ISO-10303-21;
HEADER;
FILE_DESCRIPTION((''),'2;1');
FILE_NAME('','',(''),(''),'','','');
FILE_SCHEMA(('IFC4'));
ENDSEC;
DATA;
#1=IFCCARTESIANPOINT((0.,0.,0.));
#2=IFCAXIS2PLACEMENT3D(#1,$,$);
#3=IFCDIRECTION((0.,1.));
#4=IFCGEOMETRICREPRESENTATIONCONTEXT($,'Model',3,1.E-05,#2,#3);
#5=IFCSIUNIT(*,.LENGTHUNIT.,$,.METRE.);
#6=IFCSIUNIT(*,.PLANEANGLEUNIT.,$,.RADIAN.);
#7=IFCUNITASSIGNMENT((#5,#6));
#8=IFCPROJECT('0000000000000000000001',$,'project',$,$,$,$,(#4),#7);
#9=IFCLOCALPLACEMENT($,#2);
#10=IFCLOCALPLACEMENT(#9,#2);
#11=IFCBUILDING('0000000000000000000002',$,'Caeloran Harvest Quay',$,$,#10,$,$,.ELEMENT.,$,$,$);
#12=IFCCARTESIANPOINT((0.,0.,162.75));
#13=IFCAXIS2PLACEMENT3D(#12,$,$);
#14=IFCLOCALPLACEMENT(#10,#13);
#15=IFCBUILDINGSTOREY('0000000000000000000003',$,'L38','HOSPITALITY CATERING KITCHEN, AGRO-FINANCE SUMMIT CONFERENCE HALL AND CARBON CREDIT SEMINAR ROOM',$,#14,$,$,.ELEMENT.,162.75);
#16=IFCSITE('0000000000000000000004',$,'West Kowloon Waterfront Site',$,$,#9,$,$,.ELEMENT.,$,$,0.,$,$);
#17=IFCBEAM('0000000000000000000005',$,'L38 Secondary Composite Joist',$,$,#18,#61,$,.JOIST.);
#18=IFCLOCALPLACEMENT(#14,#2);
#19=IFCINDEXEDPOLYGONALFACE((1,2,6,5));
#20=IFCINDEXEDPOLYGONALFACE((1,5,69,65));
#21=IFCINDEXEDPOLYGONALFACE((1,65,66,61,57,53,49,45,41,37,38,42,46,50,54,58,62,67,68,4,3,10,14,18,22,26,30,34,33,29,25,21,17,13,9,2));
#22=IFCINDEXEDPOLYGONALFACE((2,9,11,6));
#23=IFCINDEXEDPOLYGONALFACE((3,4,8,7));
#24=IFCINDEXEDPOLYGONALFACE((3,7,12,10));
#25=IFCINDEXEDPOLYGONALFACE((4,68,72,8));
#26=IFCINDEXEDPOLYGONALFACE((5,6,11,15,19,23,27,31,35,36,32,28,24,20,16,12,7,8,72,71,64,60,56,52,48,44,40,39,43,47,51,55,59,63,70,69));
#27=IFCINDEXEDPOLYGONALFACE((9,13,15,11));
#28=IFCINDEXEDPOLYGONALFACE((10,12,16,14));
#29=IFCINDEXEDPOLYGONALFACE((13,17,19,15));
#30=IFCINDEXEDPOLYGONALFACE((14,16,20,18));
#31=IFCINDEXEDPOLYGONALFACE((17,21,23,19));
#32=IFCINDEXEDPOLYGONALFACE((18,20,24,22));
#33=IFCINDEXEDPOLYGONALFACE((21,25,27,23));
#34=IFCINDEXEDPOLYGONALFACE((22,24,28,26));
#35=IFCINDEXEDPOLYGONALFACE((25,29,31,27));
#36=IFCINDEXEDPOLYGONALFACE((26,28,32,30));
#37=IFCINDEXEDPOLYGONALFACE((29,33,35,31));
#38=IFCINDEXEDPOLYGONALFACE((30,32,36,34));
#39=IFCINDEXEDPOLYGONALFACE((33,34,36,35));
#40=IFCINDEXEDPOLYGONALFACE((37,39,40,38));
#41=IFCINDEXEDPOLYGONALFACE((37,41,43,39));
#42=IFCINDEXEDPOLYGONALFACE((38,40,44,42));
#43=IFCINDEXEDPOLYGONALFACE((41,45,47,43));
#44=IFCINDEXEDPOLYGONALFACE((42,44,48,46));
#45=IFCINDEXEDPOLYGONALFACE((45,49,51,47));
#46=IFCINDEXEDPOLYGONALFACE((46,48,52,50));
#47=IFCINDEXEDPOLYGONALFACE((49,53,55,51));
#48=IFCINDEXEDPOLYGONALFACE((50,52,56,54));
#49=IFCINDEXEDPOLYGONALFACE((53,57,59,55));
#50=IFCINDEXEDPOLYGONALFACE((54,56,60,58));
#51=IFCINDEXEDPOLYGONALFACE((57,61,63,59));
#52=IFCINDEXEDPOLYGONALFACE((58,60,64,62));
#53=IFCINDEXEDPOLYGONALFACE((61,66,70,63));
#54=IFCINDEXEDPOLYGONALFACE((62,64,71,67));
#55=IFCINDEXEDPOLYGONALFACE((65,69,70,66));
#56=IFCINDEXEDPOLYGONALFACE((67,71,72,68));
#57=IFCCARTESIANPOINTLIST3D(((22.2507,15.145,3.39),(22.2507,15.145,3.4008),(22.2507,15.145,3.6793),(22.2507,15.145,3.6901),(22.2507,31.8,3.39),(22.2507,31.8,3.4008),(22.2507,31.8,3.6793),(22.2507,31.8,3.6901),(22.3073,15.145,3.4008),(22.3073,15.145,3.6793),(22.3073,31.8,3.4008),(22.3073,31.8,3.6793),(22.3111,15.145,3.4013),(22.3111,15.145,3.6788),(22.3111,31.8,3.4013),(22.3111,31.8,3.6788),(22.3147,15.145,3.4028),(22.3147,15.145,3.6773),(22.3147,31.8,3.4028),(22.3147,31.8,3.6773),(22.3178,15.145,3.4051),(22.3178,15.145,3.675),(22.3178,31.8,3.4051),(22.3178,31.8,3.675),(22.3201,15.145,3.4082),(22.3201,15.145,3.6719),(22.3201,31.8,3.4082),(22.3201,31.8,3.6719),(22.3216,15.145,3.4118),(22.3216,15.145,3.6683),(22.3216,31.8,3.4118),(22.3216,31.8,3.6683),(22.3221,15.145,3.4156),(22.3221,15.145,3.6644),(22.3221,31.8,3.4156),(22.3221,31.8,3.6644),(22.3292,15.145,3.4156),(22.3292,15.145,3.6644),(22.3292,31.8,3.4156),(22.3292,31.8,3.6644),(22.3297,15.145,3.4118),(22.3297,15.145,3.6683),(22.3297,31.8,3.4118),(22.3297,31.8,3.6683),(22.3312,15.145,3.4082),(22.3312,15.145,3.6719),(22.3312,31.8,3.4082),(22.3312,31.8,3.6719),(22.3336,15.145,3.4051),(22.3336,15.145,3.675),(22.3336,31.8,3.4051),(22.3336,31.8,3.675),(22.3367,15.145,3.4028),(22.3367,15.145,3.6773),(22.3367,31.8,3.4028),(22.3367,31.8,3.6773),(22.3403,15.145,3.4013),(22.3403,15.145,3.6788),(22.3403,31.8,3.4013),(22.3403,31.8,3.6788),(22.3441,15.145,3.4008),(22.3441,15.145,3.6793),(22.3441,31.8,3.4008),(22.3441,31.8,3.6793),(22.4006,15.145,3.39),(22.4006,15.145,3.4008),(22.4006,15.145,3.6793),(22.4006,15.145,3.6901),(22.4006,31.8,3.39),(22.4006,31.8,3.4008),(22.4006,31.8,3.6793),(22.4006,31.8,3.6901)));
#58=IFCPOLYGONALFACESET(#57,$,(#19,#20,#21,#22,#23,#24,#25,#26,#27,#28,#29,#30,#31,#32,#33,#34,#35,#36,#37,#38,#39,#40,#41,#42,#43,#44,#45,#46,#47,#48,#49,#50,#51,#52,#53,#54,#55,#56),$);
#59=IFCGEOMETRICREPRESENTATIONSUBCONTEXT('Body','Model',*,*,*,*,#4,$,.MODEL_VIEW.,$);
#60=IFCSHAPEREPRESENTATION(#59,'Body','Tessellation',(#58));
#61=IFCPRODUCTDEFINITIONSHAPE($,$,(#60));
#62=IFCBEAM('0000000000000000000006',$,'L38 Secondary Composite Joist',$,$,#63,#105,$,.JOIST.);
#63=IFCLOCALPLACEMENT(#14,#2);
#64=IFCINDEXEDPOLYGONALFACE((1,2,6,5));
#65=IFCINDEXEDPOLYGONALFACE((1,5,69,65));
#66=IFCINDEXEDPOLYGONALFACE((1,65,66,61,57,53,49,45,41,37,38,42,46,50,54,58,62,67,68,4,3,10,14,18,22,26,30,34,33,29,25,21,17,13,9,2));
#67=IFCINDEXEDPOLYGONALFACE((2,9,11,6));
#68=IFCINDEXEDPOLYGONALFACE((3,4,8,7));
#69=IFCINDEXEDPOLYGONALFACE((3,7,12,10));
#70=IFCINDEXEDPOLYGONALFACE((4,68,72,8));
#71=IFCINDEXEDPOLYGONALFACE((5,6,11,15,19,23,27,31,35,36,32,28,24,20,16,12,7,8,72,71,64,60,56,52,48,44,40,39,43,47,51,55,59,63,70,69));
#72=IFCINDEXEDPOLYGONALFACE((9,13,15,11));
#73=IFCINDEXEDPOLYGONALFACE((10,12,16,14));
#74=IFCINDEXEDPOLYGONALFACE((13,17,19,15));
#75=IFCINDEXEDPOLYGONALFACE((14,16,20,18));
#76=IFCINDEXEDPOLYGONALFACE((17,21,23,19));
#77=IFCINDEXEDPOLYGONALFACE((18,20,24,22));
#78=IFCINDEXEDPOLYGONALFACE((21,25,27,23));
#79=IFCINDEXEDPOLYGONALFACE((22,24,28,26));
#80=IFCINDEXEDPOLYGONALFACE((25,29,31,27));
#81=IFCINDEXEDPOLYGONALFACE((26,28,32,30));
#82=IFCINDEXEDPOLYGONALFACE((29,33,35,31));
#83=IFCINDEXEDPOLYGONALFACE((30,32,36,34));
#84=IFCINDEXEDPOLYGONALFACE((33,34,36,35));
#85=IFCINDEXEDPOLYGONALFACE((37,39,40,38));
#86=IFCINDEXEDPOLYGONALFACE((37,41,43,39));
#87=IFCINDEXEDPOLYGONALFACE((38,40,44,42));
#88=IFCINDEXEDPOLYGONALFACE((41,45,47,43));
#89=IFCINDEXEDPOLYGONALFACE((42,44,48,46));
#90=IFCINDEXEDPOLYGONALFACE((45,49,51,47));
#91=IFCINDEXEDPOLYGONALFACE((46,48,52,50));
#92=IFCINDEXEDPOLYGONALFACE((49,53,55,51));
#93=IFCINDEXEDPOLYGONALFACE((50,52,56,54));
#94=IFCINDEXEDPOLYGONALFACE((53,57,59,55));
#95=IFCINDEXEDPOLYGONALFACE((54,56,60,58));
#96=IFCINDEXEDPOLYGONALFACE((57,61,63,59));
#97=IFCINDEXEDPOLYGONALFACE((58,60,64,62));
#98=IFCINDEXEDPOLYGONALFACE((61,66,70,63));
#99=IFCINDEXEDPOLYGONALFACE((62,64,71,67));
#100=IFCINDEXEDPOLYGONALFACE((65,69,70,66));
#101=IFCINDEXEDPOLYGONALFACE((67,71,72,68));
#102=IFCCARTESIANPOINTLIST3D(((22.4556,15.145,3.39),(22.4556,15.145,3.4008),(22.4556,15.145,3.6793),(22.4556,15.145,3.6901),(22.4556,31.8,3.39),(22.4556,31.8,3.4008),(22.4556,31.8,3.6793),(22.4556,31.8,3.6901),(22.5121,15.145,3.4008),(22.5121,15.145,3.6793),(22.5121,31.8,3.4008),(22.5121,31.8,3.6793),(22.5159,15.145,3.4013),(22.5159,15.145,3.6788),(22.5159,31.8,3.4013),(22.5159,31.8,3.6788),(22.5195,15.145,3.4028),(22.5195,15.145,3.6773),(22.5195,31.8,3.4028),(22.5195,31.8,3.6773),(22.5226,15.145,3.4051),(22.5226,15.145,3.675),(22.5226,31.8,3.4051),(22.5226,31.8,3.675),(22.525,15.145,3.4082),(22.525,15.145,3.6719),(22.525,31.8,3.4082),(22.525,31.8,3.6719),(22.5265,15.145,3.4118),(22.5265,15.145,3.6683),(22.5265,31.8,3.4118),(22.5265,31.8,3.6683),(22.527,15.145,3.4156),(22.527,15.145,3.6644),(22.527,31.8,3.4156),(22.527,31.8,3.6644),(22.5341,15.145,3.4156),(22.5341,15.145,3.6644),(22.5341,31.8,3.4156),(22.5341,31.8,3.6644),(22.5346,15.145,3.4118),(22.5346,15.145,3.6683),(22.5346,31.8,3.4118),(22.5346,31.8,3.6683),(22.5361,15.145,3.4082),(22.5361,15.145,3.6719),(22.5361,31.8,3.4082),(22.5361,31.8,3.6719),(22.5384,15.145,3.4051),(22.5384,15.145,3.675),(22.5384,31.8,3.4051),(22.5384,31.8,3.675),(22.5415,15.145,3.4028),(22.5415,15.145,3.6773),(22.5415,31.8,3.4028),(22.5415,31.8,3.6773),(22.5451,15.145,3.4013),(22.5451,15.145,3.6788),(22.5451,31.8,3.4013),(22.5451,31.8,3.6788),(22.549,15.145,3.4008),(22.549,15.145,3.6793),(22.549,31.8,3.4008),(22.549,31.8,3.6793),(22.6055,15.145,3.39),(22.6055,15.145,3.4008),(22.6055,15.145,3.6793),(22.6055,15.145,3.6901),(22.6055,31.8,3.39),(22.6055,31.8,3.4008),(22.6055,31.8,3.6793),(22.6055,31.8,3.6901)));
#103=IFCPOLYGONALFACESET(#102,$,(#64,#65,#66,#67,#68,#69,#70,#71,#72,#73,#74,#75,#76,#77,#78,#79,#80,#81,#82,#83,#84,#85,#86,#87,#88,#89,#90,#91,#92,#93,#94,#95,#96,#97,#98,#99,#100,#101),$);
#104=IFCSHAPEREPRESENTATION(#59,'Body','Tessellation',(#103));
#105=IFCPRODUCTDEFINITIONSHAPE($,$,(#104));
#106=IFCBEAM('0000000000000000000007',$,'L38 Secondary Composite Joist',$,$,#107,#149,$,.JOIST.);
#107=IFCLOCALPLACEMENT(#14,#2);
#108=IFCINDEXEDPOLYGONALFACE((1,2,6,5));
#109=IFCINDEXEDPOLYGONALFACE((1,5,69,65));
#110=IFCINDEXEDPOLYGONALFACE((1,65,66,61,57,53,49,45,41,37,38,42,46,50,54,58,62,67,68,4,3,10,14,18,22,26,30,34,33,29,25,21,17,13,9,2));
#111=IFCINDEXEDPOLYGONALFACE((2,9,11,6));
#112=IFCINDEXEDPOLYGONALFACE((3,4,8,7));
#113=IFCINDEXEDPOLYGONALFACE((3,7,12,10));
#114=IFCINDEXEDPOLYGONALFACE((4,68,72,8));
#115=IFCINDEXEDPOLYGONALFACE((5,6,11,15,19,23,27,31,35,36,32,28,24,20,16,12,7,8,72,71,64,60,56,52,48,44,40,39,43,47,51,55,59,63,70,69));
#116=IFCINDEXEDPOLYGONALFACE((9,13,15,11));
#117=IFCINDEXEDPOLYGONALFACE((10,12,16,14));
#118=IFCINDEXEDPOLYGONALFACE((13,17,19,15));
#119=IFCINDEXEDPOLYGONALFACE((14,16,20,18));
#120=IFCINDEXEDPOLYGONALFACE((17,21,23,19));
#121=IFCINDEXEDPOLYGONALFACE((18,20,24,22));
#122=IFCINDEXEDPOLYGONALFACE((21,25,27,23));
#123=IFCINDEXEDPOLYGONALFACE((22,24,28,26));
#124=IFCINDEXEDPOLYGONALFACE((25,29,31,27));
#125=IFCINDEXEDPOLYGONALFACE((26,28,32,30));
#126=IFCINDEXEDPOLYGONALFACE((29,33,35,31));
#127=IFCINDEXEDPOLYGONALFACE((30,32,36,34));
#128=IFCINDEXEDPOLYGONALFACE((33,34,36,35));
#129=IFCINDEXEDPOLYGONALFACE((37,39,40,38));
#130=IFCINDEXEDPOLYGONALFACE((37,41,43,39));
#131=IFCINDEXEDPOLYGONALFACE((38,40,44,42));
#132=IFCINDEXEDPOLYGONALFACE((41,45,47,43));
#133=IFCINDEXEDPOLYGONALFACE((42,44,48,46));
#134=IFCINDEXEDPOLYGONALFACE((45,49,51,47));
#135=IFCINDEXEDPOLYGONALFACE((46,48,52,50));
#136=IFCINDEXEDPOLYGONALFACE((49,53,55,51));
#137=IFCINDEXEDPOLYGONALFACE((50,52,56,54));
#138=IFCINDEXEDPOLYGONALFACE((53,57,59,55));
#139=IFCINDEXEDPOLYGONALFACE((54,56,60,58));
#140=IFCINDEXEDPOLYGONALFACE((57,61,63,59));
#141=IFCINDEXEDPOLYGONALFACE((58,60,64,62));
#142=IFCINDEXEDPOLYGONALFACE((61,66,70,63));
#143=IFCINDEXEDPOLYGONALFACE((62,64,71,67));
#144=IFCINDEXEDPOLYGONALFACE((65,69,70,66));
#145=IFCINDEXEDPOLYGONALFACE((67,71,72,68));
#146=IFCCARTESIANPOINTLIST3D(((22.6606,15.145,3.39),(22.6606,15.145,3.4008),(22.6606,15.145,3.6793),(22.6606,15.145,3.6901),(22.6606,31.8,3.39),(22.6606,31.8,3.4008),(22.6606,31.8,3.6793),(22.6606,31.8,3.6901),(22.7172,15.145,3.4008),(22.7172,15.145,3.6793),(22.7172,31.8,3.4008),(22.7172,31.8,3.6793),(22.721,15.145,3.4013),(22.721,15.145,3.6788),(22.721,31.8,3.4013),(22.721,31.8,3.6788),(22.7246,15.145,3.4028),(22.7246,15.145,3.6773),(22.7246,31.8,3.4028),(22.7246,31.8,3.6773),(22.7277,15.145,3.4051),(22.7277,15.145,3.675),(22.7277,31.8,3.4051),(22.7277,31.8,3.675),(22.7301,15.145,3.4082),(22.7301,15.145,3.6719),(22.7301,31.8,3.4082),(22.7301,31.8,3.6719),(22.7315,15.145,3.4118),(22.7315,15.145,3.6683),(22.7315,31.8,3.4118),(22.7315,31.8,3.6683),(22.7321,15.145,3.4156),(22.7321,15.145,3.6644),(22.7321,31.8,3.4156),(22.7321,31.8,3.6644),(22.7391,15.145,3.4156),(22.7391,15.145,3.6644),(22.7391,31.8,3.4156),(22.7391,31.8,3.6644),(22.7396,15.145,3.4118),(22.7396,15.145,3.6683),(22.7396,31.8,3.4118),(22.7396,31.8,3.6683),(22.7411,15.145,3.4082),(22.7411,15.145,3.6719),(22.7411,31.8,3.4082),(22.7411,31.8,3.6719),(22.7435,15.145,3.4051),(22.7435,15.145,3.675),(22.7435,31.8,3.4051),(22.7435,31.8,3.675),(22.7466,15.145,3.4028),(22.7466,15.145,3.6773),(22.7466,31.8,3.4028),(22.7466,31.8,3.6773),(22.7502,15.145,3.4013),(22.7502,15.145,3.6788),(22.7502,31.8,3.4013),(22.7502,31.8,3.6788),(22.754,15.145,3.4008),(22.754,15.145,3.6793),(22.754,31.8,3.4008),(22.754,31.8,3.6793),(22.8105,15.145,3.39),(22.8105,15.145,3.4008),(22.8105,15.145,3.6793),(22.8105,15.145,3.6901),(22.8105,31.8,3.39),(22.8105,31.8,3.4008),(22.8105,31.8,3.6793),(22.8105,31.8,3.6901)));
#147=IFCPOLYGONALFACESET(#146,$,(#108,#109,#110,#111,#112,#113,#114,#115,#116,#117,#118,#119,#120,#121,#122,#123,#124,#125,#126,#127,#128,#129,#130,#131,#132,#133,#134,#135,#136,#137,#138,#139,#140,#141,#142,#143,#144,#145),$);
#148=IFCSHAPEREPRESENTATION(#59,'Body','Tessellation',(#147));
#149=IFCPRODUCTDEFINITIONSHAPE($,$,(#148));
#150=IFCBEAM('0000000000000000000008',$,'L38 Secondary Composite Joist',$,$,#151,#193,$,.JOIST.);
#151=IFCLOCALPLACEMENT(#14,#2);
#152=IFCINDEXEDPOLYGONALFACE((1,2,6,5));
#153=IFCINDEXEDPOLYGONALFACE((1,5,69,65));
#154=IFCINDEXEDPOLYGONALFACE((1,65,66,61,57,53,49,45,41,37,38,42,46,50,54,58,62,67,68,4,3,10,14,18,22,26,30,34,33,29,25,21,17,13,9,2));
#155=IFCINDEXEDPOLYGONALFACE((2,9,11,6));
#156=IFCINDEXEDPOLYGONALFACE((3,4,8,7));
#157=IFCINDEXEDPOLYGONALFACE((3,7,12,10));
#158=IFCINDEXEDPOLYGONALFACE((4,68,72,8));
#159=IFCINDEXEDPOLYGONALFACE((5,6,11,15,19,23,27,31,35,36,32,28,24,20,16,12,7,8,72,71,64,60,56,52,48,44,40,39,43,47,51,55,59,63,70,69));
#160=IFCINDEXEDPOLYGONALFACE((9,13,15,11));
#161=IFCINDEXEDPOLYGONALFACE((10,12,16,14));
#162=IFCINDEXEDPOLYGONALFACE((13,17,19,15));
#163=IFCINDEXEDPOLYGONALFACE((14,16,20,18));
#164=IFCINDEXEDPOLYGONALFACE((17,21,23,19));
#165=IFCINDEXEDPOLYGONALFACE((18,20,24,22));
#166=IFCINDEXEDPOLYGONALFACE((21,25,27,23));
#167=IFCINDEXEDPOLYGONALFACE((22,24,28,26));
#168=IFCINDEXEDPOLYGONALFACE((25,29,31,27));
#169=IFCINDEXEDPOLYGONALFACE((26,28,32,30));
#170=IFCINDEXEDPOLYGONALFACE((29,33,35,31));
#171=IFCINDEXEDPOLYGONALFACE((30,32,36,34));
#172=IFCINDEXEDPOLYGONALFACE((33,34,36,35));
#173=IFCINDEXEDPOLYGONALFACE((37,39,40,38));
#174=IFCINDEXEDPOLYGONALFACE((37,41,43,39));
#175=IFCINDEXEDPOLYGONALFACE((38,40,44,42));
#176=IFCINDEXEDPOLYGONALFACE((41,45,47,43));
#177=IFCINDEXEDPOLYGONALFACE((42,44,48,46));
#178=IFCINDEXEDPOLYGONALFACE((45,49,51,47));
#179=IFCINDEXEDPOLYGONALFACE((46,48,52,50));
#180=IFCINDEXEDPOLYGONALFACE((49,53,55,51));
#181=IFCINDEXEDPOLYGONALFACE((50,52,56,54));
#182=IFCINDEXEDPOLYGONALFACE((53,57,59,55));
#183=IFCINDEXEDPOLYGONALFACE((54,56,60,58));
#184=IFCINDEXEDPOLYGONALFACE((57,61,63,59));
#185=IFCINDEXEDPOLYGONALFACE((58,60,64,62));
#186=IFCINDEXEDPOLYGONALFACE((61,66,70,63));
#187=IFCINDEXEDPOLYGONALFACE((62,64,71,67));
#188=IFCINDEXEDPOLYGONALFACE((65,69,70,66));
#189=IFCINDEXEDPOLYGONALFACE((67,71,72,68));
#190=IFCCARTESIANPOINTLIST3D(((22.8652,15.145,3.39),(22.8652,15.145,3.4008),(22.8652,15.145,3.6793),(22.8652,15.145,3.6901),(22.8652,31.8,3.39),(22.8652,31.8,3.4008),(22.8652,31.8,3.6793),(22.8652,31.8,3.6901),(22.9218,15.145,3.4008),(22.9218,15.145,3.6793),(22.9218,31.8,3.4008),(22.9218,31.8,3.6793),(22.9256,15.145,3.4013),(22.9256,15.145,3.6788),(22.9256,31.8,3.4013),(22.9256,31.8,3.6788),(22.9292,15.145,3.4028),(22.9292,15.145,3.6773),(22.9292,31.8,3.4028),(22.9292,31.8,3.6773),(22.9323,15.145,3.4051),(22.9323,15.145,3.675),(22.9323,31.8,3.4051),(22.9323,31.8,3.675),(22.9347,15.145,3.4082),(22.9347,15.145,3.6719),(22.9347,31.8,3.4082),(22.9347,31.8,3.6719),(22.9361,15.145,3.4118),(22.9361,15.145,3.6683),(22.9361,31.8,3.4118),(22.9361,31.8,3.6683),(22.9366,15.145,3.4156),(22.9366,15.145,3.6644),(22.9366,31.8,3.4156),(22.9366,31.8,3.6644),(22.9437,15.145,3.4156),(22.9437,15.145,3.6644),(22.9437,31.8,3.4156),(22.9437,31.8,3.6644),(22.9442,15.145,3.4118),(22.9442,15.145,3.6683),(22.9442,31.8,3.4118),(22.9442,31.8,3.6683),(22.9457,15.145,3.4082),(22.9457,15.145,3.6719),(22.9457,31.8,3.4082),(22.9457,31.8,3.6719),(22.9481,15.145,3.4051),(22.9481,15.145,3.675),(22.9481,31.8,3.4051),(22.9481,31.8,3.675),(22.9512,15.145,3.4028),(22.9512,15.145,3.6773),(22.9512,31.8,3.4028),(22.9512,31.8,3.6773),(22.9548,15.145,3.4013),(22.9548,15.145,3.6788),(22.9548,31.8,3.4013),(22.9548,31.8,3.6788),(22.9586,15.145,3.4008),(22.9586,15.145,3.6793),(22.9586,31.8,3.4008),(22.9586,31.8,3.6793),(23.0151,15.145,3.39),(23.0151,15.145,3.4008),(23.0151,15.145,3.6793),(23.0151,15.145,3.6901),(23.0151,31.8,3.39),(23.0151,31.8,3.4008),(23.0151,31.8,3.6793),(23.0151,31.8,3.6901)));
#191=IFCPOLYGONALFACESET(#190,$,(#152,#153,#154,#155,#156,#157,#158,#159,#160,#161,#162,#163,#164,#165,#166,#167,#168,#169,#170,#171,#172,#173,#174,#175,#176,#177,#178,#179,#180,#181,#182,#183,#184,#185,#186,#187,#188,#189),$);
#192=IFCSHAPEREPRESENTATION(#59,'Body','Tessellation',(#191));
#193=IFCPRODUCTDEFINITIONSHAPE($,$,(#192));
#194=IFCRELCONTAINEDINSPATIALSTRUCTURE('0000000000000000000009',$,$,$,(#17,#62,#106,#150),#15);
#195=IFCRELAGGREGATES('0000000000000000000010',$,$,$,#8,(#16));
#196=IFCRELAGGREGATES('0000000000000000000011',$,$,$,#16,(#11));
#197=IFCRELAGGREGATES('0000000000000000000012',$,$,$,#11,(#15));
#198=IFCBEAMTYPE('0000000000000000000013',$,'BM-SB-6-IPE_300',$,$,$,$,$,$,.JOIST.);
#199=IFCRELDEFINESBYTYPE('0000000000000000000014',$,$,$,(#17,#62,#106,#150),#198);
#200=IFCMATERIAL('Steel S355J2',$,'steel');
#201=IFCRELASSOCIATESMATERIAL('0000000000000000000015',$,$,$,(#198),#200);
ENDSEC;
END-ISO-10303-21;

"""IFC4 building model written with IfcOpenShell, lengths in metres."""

from ifc_helpers import new_model, si_unit, direction, frame, origin, origin_2d, place, context, subcontext, project, spatial, i_section, extrude, material, material_profile, profile_set, type_object, element, save


model = new_model("IFC4")

# Units and contexts
model_context = context("Model", 3, precision=1e-05, world=origin(), true_north=direction((0.0, 1.0)))
body_context = subcontext(model_context, "Body", "Model", "MODEL_VIEW")
ifc_project = project(units=[si_unit("LENGTHUNIT", "METRE"), si_unit("PLANEANGLEUNIT", "RADIAN")], contexts=[model_context])

# Site, building, storey
site_placement = place(None, origin())
site = spatial("IfcSite", under=ifc_project, at=site_placement, Name="West Kowloon Waterfront Site", CompositionType="ELEMENT", RefElevation=0.0)
building_placement = place(site_placement, origin())
building = spatial("IfcBuilding", under=site, at=building_placement, Name="Caeloran Harvest Quay", CompositionType="ELEMENT")
storey_placement = place(building_placement, frame((0.0, 0.0, 162.75)))
storey = spatial("IfcBuildingStorey", under=building, at=storey_placement, Name="L38", Description="HOSPITALITY CATERING KITCHEN, AGRO-FINANCE SUMMIT CONFERENCE HALL AND CARBON CREDIT SEMINAR ROOM", CompositionType="ELEMENT", Elevation=162.75)

# Beams
ifc_material_1 = material(Name="Steel S355J2", Category="steel")
ifc_material_profile_1 = material_profile(ifc_material_1, i_section(OverallWidth=0.1499, OverallDepth=0.3, WebThickness=0.0071, FlangeThickness=0.0107, FilletRadius=0.0149, at=origin_2d()), Name="IPE 300")
ifc_profile_set_1 = profile_set([ifc_material_profile_1], Name="Steel S355J2")
beam_type_1 = type_object("IfcBeamType", Name="BM-SB-6-IPE_300", PredefinedType="JOIST", material=ifc_profile_set_1)
for number, where, z_axis, x_axis, name in (
    (1, (22.3257, 15.145, 3.54), (0.0, 1.0, 0.0), (-1.0, 0.0, 0.0), "L38 Secondary Composite Joist"),
    (2, (22.5305, 15.145, 3.54), (0.0, 1.0, 0.0), (-1.0, 0.0, 0.0), "L38 Secondary Composite Joist"),
    (3, (22.7356, 15.145, 3.54), (0.0, 1.0, 0.0), (-1.0, 0.0, 0.0), "L38 Secondary Composite Joist"),
    (4, (22.9402, 15.145, 3.54), (0.0, 1.0, 0.0), (-1.0, 0.0, 0.0), "L38 Secondary Composite Joist"),
):
    element("IfcBeam", number, at=place(storey_placement, frame(where, z_axis=z_axis, x_axis=x_axis)), inside=storey, type_object=beam_type_1, Name=name, PredefinedType="JOIST", context=body_context, shape_type="SweptSolid", body=[
        extrude(i_section(OverallWidth=0.1499, OverallDepth=0.3, WebThickness=0.0071, FlangeThickness=0.0107, FilletRadius=0.0149, at=origin_2d()), origin(), (0.0, 0.0, 1.0), 16.655),
    ])

save(model, "model.ifc")
